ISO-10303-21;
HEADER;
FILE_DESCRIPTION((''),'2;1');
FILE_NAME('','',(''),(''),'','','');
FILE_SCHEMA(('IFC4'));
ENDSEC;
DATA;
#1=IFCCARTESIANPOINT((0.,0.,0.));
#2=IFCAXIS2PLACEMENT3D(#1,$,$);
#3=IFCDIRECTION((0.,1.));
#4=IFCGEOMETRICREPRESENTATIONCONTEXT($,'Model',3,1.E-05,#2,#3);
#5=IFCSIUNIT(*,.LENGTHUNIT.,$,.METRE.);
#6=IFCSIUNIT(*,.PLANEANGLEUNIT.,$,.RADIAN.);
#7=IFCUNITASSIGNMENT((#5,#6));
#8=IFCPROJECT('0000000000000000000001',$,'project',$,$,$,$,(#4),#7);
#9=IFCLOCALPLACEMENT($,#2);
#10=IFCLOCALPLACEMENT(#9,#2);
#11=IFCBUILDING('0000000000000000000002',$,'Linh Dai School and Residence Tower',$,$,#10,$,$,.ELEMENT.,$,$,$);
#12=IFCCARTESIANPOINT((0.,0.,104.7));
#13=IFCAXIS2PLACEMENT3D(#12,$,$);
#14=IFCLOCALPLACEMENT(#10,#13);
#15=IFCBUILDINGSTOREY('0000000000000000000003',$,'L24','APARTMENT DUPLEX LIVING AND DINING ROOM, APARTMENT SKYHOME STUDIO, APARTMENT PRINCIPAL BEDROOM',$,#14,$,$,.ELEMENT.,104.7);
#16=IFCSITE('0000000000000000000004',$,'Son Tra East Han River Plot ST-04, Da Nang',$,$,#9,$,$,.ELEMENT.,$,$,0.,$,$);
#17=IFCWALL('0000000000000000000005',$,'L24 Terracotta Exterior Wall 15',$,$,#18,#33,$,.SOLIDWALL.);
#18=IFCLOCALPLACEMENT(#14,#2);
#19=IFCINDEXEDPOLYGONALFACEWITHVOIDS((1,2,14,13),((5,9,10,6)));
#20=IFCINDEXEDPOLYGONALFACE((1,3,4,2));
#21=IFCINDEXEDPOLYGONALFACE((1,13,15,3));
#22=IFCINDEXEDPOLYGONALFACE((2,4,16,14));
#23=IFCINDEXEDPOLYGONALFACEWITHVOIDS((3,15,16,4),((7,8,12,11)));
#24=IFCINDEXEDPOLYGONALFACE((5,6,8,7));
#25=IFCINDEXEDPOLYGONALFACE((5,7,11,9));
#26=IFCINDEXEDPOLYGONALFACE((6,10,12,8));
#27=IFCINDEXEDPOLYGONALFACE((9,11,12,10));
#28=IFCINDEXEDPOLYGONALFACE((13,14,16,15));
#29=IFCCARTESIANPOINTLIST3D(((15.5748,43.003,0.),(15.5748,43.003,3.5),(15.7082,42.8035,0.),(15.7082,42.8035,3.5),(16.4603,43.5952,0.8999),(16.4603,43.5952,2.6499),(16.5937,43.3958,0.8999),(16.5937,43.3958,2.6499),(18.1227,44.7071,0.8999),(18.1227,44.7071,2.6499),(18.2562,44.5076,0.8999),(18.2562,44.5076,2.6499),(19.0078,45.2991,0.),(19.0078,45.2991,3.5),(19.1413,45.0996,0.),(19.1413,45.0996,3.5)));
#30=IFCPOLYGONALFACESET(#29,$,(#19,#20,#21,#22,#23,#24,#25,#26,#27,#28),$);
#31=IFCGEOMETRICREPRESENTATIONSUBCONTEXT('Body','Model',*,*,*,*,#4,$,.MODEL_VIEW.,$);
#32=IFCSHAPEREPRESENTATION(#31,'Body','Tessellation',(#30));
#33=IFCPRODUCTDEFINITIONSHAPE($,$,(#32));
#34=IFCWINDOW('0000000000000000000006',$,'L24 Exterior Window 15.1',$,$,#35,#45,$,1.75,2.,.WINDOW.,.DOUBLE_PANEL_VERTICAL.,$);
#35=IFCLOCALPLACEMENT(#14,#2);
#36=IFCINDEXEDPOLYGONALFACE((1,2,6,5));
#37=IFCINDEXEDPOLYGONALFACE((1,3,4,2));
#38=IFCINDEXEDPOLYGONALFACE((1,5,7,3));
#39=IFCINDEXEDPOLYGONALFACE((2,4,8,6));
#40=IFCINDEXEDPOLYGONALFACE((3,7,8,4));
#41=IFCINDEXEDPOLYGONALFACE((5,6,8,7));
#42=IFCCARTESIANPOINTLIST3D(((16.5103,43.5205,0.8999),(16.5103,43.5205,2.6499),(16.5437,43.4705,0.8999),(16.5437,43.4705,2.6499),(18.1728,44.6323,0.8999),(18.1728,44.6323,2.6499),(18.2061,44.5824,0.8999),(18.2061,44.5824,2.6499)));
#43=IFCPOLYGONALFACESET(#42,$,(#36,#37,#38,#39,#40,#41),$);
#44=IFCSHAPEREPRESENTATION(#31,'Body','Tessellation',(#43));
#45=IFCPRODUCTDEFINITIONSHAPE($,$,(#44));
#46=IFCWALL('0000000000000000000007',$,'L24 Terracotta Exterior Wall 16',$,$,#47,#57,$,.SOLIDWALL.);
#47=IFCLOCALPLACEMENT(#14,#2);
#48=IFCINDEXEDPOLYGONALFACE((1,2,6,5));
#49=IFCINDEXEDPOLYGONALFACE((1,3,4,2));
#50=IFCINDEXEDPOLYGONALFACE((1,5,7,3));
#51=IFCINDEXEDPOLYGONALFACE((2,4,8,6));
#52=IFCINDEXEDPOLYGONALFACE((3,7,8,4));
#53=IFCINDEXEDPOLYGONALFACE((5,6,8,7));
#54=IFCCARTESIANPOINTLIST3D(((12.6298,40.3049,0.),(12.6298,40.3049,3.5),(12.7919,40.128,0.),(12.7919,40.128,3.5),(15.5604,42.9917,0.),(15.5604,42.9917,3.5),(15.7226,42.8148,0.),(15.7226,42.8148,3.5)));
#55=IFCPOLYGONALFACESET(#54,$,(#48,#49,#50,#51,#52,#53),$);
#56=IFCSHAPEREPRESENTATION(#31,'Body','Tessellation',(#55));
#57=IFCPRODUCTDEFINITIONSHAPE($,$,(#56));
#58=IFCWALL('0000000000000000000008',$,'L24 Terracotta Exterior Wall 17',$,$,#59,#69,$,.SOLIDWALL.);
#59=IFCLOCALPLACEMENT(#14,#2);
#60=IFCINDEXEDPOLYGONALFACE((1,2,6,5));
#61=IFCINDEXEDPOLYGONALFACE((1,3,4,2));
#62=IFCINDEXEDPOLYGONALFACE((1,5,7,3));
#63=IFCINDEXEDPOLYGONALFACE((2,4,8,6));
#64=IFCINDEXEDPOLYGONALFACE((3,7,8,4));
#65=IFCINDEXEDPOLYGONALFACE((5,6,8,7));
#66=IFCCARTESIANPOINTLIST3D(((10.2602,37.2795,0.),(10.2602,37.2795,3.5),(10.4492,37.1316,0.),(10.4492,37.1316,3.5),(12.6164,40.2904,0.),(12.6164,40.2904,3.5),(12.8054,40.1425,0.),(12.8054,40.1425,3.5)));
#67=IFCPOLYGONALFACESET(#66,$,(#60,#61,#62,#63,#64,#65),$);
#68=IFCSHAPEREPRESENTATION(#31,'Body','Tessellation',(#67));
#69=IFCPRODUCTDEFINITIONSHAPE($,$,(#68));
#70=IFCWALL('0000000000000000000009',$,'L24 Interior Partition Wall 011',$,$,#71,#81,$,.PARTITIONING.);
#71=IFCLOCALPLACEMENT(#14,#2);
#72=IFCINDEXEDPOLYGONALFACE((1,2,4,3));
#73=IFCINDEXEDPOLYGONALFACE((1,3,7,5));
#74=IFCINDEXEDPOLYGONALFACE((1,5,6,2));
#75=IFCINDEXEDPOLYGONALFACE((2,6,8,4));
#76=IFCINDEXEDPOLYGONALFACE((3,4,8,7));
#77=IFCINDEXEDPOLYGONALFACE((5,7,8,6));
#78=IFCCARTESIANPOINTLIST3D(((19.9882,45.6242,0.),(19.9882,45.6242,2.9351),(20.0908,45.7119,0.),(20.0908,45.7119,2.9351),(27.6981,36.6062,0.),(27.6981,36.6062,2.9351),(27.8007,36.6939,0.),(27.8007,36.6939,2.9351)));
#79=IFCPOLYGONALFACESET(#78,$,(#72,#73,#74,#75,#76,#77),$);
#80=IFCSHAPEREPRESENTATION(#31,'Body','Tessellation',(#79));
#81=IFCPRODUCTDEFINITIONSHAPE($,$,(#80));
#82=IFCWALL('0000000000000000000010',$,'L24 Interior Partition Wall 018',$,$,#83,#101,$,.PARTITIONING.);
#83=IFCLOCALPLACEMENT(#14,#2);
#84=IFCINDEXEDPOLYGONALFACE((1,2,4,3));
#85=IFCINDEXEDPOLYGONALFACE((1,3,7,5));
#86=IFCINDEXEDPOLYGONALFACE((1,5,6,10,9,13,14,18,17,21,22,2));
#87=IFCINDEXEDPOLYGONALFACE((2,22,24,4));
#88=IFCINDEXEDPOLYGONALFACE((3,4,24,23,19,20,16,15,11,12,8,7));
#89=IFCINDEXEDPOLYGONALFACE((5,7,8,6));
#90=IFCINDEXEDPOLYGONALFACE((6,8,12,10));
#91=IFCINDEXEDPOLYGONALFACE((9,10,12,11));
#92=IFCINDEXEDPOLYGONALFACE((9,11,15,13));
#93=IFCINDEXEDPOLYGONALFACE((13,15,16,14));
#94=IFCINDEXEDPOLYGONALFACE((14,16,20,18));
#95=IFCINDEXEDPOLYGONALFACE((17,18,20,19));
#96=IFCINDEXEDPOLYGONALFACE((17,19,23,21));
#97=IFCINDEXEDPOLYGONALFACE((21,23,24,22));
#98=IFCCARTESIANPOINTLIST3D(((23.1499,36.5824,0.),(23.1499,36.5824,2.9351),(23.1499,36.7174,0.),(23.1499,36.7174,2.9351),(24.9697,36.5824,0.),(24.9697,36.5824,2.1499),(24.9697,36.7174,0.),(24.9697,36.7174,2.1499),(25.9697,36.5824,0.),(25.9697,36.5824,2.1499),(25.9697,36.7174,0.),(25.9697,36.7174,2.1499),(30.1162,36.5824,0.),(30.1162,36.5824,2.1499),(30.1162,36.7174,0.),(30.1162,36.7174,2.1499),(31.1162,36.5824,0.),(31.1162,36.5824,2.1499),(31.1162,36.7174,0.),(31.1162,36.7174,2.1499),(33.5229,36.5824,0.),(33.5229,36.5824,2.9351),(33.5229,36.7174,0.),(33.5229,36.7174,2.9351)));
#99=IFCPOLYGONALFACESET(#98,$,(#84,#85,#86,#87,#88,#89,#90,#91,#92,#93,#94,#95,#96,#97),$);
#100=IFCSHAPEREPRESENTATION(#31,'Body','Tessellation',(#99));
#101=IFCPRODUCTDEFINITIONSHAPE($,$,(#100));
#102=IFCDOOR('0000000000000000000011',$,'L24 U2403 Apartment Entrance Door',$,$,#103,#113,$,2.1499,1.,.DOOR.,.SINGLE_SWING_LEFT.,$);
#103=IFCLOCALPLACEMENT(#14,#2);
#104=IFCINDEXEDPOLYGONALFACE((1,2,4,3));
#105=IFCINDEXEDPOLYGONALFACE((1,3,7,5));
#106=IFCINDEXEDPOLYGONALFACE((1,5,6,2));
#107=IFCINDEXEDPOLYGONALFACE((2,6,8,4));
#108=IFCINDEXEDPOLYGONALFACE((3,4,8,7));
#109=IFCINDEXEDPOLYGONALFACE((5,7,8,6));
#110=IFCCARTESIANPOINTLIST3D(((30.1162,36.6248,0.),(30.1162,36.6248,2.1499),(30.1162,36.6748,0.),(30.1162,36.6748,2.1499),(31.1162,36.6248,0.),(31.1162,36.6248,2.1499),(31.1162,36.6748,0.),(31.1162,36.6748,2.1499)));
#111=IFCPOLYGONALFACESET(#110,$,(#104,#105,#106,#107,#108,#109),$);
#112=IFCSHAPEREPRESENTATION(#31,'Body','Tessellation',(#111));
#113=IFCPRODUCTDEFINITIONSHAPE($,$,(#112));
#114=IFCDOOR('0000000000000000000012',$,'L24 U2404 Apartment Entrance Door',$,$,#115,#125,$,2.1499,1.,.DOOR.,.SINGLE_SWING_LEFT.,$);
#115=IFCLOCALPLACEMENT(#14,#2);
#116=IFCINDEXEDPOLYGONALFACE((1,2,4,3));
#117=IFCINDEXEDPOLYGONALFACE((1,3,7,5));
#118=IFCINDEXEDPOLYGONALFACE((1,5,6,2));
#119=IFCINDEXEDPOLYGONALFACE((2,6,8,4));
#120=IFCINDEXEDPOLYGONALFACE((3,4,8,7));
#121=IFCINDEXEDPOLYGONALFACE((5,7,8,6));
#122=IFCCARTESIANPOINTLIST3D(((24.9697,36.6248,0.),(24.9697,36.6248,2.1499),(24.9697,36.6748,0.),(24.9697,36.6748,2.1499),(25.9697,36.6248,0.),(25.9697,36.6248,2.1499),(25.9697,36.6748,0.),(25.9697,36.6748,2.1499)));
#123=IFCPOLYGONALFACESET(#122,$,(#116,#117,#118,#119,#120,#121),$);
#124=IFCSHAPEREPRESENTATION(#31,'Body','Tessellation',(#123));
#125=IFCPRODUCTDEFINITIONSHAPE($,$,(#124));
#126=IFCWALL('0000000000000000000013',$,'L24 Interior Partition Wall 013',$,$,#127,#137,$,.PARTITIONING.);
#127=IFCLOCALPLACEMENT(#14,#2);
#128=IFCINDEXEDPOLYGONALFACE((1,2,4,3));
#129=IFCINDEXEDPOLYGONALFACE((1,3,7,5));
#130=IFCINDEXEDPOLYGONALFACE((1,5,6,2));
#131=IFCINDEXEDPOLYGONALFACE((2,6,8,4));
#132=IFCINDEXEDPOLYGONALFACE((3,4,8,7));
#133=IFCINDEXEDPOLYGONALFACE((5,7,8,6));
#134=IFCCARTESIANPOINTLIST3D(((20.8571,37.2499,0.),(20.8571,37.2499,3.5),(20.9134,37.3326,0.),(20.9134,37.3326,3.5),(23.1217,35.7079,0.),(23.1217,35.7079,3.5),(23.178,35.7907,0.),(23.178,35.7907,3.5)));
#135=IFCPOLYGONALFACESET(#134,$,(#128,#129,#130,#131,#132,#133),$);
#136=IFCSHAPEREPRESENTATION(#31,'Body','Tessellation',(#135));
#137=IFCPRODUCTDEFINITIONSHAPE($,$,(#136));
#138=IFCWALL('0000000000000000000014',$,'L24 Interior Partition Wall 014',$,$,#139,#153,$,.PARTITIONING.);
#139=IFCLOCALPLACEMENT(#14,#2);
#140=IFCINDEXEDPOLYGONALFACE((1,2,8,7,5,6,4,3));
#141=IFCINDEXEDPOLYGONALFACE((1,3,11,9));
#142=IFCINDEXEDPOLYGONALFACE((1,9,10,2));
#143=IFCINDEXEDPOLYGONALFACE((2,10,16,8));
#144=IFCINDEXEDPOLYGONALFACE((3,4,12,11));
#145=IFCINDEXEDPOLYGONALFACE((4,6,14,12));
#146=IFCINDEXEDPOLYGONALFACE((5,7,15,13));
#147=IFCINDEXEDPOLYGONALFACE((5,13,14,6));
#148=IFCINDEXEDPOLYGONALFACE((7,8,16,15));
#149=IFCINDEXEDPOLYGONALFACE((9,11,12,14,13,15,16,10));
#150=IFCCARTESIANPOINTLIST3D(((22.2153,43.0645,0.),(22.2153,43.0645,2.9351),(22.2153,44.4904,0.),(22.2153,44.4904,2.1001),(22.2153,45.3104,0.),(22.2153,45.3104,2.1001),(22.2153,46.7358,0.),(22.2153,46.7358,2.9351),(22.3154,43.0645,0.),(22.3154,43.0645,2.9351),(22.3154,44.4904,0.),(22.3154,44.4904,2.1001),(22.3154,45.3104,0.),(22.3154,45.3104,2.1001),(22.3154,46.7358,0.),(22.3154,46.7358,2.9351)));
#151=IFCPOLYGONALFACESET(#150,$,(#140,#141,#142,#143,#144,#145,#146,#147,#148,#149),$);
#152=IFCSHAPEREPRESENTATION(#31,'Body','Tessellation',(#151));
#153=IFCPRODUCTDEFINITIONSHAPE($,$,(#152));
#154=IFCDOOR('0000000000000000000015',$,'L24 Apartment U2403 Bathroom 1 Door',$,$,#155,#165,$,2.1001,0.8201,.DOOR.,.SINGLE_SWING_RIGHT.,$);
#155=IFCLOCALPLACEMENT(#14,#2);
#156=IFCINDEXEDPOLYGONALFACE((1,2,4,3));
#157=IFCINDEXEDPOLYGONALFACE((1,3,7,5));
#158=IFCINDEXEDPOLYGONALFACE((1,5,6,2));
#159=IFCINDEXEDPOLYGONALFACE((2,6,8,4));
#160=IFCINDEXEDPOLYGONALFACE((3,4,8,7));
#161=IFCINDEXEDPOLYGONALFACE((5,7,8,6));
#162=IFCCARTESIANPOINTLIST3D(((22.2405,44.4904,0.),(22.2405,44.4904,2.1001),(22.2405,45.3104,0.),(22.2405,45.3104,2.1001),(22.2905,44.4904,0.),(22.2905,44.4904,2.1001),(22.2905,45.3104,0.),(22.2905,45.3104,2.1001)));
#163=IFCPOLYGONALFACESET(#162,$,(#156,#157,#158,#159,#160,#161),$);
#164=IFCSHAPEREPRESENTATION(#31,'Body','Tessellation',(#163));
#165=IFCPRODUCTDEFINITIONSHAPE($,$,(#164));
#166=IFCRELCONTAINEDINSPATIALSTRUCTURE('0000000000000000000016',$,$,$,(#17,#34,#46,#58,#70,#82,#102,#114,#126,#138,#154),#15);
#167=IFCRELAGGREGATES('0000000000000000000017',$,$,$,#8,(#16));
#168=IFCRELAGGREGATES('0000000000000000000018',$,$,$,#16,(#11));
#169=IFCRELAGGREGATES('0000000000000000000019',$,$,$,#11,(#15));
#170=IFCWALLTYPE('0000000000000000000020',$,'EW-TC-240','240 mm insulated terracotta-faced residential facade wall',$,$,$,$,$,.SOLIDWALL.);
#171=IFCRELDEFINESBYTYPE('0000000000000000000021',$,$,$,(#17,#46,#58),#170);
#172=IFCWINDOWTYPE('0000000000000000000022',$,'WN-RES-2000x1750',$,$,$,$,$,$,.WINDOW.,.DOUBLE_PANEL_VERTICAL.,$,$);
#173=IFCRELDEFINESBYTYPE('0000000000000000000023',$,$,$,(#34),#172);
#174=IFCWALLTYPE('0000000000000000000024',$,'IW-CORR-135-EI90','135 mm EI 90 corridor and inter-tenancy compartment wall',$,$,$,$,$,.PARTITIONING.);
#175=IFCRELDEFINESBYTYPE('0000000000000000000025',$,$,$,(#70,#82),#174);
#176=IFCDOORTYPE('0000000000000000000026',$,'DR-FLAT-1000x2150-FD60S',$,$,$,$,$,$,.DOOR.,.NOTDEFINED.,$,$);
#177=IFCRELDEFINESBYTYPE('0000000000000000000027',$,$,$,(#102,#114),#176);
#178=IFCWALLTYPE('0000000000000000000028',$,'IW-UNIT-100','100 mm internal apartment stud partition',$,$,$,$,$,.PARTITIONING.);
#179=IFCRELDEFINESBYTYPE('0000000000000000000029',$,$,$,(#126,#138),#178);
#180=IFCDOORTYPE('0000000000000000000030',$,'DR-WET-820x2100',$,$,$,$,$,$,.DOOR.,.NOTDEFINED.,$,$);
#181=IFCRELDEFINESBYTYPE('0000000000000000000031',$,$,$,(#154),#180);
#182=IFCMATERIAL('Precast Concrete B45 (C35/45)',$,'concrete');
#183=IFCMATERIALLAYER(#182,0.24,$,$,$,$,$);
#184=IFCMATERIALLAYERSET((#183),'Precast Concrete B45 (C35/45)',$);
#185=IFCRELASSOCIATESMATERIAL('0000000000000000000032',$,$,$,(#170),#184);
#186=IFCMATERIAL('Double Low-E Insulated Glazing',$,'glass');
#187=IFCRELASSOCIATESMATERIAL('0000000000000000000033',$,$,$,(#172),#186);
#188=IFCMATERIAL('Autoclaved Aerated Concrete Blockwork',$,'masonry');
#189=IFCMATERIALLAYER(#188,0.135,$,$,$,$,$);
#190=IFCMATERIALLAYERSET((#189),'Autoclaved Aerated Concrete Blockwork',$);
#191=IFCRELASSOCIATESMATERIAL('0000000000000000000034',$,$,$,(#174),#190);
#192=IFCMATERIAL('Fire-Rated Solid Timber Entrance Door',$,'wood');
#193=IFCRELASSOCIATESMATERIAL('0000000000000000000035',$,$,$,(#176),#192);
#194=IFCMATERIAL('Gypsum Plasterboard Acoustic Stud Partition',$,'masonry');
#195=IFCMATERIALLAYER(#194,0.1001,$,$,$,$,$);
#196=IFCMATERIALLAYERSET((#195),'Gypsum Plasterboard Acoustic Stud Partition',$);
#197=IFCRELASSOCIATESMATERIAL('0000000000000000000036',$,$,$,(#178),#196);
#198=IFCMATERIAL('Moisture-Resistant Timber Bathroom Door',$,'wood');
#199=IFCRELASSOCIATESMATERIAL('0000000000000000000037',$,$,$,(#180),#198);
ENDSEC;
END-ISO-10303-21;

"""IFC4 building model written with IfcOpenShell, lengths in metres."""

from ifc_helpers import new_model, si_unit, direction, frame, frame_2d, origin, origin_2d, place, context, subcontext, project, spatial, rectangle, extrude, source, transform, mapped, material, layer, layer_set, type_object, element, fill, save


model = new_model("IFC4")

# Units and contexts
model_context = context("Model", 3, precision=1e-05, world=origin(), true_north=direction((0.0, 1.0)))
body_context = subcontext(model_context, "Body", "Model", "MODEL_VIEW")
ifc_project = project(units=[si_unit("LENGTHUNIT", "METRE"), si_unit("PLANEANGLEUNIT", "RADIAN")], contexts=[model_context])

# Site, building, storey
site_placement = place(None, origin())
site = spatial("IfcSite", under=ifc_project, at=site_placement, Name="Son Tra East Han River Plot ST-04, Da Nang", CompositionType="ELEMENT", RefElevation=0.0)
building_placement = place(site_placement, origin())
building = spatial("IfcBuilding", under=site, at=building_placement, Name="Linh Dai School and Residence Tower", CompositionType="ELEMENT")
storey_placement = place(building_placement, frame((0.0, 0.0, 104.7)))
storey = spatial("IfcBuildingStorey", under=building, at=storey_placement, Name="L24", Description="APARTMENT DUPLEX LIVING AND DINING ROOM, APARTMENT SKYHOME STUDIO, APARTMENT PRINCIPAL BEDROOM", CompositionType="ELEMENT", Elevation=104.7)

# Shared definitions
ifc_material_1 = material(Name="Precast Concrete B45 (C35/45)", Category="concrete")

# Shared definitions
ifc_layer_1 = layer(ifc_material_1, 0.24)
ifc_layer_set_1 = layer_set([ifc_layer_1], Name="Precast Concrete B45 (C35/45)")
wall_type_1 = type_object("IfcWallType", Name="EW-TC-240", Description="240 mm insulated terracotta-faced residential facade wall", PredefinedType="SOLIDWALL", material=ifc_layer_set_1)

# Wall, opening, window
ifc_material_2 = material(Name="Double Low-E Insulated Glazing", Category="glass")
wall_1_placement = place(storey_placement, frame((15.6416, 42.9033, 0.0), z_axis=(0.0, 0.0, 1.0), x_axis=(0.831222, 0.555941, 0.0)))
wall_1 = element("IfcWall", 1, at=wall_1_placement, inside=storey, type_object=wall_type_1, Name="L24 Terracotta Exterior Wall 15", PredefinedType="SOLIDWALL", context=body_context, shape_type="SweptSolid", body=[
    extrude(rectangle(XDim=4.1301, YDim=0.24, at=frame_2d((2.0649, 0.0))), origin(), (0.0, 0.0, 1.0), 3.5),
])
opening_1_placement = place(wall_1_placement, frame((1.0652, 0.0, 0.8999)))
opening_1 = element("IfcOpeningElement", 2, at=opening_1_placement, cuts=wall_1, PredefinedType="OPENING", context=body_context, shape_type="SweptSolid", body=[
    extrude(rectangle(XDim=2.0, YDim=1.75, at=origin_2d()), frame((1.0, 0.1299, 0.875), z_axis=(0.0, -1.0, 0.0), x_axis=(1.0, 0.0, 0.0)), (0.0, 0.0, 1.0), 0.26),
])
window_type_1 = type_object("IfcWindowType", Name="WN-RES-2000x1750", PartitioningType="DOUBLE_PANEL_VERTICAL", PredefinedType="WINDOW", material=ifc_material_2)
shared_shape_1 = source(origin(), body_context, "Body", "SweptSolid", [
    extrude(rectangle(XDim=2.0, YDim=1.75, at=origin_2d()), frame((1.0, 0.03, 0.875), z_axis=(0.0, -1.0, 0.0), x_axis=(1.0, 0.0, 0.0)), (0.0, 0.0, 1.0), 0.0601),
])
window_1_placement = place(opening_1_placement, origin())
window_1 = element("IfcWindow", 3, at=window_1_placement, inside=storey, type_object=window_type_1, Name="L24 Exterior Window 15.1", OverallHeight=1.75, OverallWidth=2.0, PartitioningType="DOUBLE_PANEL_VERTICAL", PredefinedType="WINDOW", context=body_context, shape_type="MappedRepresentation", body=[
    mapped(shared_shape_1, transform((0.0, 0.0, 0.0), x_axis=(1.0, 0.0, 0.0), y_axis=(0.0, 1.0, 0.0), z_axis=(0.0, 0.0, 1.0), scale=1.0)),
])
fill(opening_1, window_1)

# Walls
wall_2_placement = place(storey_placement, frame((12.7109, 40.2166, 0.0), z_axis=(0.0, 0.0, 1.0), x_axis=(0.737113, 0.675769, 0.0)))
element("IfcWall", 4, at=wall_2_placement, inside=storey, type_object=wall_type_1, Name="L24 Terracotta Exterior Wall 16", PredefinedType="SOLIDWALL", context=body_context, shape_type="SweptSolid", body=[
    extrude(rectangle(XDim=3.9758, YDim=0.24, at=frame_2d((1.9878, 0.0))), origin(), (0.0, 0.0, 1.0), 3.5),
])
wall_3_placement = place(storey_placement, frame((10.3547, 37.2056, 0.0), z_axis=(0.0, 0.0, 1.0), x_axis=(0.616272, 0.787533, 0.0)))
element("IfcWall", 5, at=wall_3_placement, inside=storey, type_object=wall_type_1, Name="L24 Terracotta Exterior Wall 17", PredefinedType="SOLIDWALL", context=body_context, shape_type="SweptSolid", body=[
    extrude(rectangle(XDim=3.8232, YDim=0.24, at=frame_2d((1.9116, 0.0))), origin(), (0.0, 0.0, 1.0), 3.5),
])
ifc_material_3 = material(Name="Autoclaved Aerated Concrete Blockwork", Category="masonry")
ifc_layer_2 = layer(ifc_material_3, 0.135)
ifc_layer_set_2 = layer_set([ifc_layer_2], Name="Autoclaved Aerated Concrete Blockwork")
wall_type_2 = type_object("IfcWallType", Name="IW-CORR-135-EI90", Description="135 mm EI 90 corridor and inter-tenancy compartment wall", PredefinedType="PARTITIONING", material=ifc_layer_set_2)
wall_4_placement = place(storey_placement, frame((20.0396, 45.668, 0.0), z_axis=(0.0, 0.0, 1.0), x_axis=(0.649828, -0.760081, 0.0)))
element("IfcWall", 6, at=wall_4_placement, inside=storey, type_object=wall_type_2, Name="L24 Interior Partition Wall 011", PredefinedType="PARTITIONING", context=body_context, shape_type="SweptSolid", body=[
    extrude(rectangle(XDim=11.8645, YDim=0.135, at=frame_2d((5.9321, 0.0))), origin(), (0.0, 0.0, 1.0), 2.9351),
])

# Wall, openings, doors
wall_5_placement = place(storey_placement, frame((23.1499, 36.6499, 0.0), z_axis=(0.0, 0.0, 1.0), x_axis=(1.0, 0.0, 0.0)))
wall_5 = element("IfcWall", 7, at=wall_5_placement, inside=storey, type_object=wall_type_2, Name="L24 Interior Partition Wall 018", PredefinedType="PARTITIONING", context=body_context, shape_type="SweptSolid", body=[
    extrude(rectangle(XDim=10.373, YDim=0.135, at=frame_2d((5.1865, 0.0))), origin(), (0.0, 0.0, 1.0), 2.9351),
])
opening_2_placement = place(wall_5_placement, frame((6.9663, 0.0, 0.0)))
opening_2 = element("IfcOpeningElement", 8, at=opening_2_placement, cuts=wall_5, PredefinedType="OPENING", context=body_context, shape_type="SweptSolid", body=[
    extrude(rectangle(XDim=1.0, YDim=2.1499, at=origin_2d()), frame((0.5, 0.0776, 1.075), z_axis=(0.0, -1.0, 0.0), x_axis=(1.0, 0.0, 0.0)), (0.0, 0.0, 1.0), 0.155),
])
opening_3_placement = place(wall_5_placement, frame((1.8198, 0.0, 0.0)))
opening_3 = element("IfcOpeningElement", 9, at=opening_3_placement, cuts=wall_5, PredefinedType="OPENING", context=body_context, shape_type="SweptSolid", body=[
    extrude(rectangle(XDim=1.0, YDim=2.1499, at=origin_2d()), frame((0.5, 0.0776, 1.075), z_axis=(0.0, -1.0, 0.0), x_axis=(1.0, 0.0, 0.0)), (0.0, 0.0, 1.0), 0.155),
])
ifc_material_4 = material(Name="Fire-Rated Solid Timber Entrance Door", Category="wood")
door_type_1 = type_object("IfcDoorType", Name="DR-FLAT-1000x2150-FD60S", OperationType="NOTDEFINED", PredefinedType="DOOR", material=ifc_material_4)
shared_shape_2 = source(origin(), body_context, "Body", "SweptSolid", [
    extrude(rectangle(XDim=1.0, YDim=2.1499, at=origin_2d()), frame((0.5, 0.0249, 1.075), z_axis=(0.0, -1.0, 0.0), x_axis=(1.0, 0.0, 0.0)), (0.0, 0.0, 1.0), 0.05),
])
door_1_placement = place(opening_2_placement, origin())
door_1 = element("IfcDoor", 10, at=door_1_placement, inside=storey, type_object=door_type_1, Name="L24 U2403 Apartment Entrance Door", OperationType="SINGLE_SWING_LEFT", OverallHeight=2.1499, OverallWidth=1.0, PredefinedType="DOOR", context=body_context, shape_type="MappedRepresentation", body=[
    mapped(shared_shape_2, transform((0.0, 0.0, 0.0), x_axis=(1.0, 0.0, 0.0), y_axis=(0.0, 1.0, 0.0), z_axis=(0.0, 0.0, 1.0), scale=1.0)),
])
fill(opening_2, door_1)
door_2_placement = place(opening_3_placement, origin())
door_2 = element("IfcDoor", 11, at=door_2_placement, inside=storey, type_object=door_type_1, Name="L24 U2404 Apartment Entrance Door", OperationType="SINGLE_SWING_LEFT", OverallHeight=2.1499, OverallWidth=1.0, PredefinedType="DOOR", context=body_context, shape_type="MappedRepresentation", body=[
    mapped(shared_shape_2, transform((0.0, 0.0, 0.0), x_axis=(1.0, 0.0, 0.0), y_axis=(0.0, 1.0, 0.0), z_axis=(0.0, 0.0, 1.0), scale=1.0)),
])
fill(opening_3, door_2)

# Wall
ifc_material_5 = material(Name="Gypsum Plasterboard Acoustic Stud Partition", Category="masonry")
ifc_layer_3 = layer(ifc_material_5, 0.1001)
ifc_layer_set_3 = layer_set([ifc_layer_3], Name="Gypsum Plasterboard Acoustic Stud Partition")
wall_type_3 = type_object("IfcWallType", Name="IW-UNIT-100", Description="100 mm internal apartment stud partition", PredefinedType="PARTITIONING", material=ifc_layer_set_3)
wall_6_placement = place(storey_placement, frame((20.8853, 37.2913, 0.0), z_axis=(0.0, 0.0, 1.0), x_axis=(0.826582, -0.562817, 0.0)))
element("IfcWall", 12, at=wall_6_placement, inside=storey, type_object=wall_type_3, Name="L24 Interior Partition Wall 013", PredefinedType="PARTITIONING", context=body_context, shape_type="SweptSolid", body=[
    extrude(rectangle(XDim=2.7397, YDim=0.1001, at=frame_2d((1.3699, 0.0))), origin(), (0.0, 0.0, 1.0), 3.5),
])

# Wall, opening, door
wall_7_placement = place(storey_placement, frame((22.2654, 43.0645, 0.0), z_axis=(0.0, 0.0, 1.0), x_axis=(0.0, 1.0, 0.0)))
wall_7 = element("IfcWall", 13, at=wall_7_placement, inside=storey, type_object=wall_type_3, Name="L24 Interior Partition Wall 014", PredefinedType="PARTITIONING", context=body_context, shape_type="SweptSolid", body=[
    extrude(rectangle(XDim=3.6714, YDim=0.1001, at=frame_2d((1.8357, 0.0))), origin(), (0.0, 0.0, 1.0), 2.9351),
])
opening_4_placement = place(wall_7_placement, frame((1.4258, 0.0, 0.0)))
opening_4 = element("IfcOpeningElement", 14, at=opening_4_placement, cuts=wall_7, PredefinedType="OPENING", context=body_context, shape_type="SweptSolid", body=[
    extrude(rectangle(XDim=0.8201, YDim=2.1001, at=origin_2d()), frame((0.4102, 0.0601, 1.05), z_axis=(0.0, -1.0, 0.0), x_axis=(1.0, 0.0, 0.0)), (0.0, 0.0, 1.0), 0.1201),
])
ifc_material_6 = material(Name="Moisture-Resistant Timber Bathroom Door", Category="wood")
door_type_2 = type_object("IfcDoorType", Name="DR-WET-820x2100", OperationType="NOTDEFINED", PredefinedType="DOOR", material=ifc_material_6)
shared_shape_3 = source(origin(), body_context, "Body", "SweptSolid", [
    extrude(rectangle(XDim=0.8201, YDim=2.1001, at=origin_2d()), frame((0.4102, 0.0249, 1.05), z_axis=(0.0, -1.0, 0.0), x_axis=(1.0, 0.0, 0.0)), (0.0, 0.0, 1.0), 0.05),
])
door_3_placement = place(opening_4_placement, origin())
door_3 = element("IfcDoor", 15, at=door_3_placement, inside=storey, type_object=door_type_2, Name="L24 Apartment U2403 Bathroom 1 Door", OperationType="SINGLE_SWING_RIGHT", OverallHeight=2.1001, OverallWidth=0.8201, PredefinedType="DOOR", context=body_context, shape_type="MappedRepresentation", body=[
    mapped(shared_shape_3, transform((0.0, 0.0, 0.0), x_axis=(1.0, 0.0, 0.0), y_axis=(0.0, 1.0, 0.0), z_axis=(0.0, 0.0, 1.0), scale=1.0)),
])
fill(opening_4, door_3)

save(model, "model.ifc")
